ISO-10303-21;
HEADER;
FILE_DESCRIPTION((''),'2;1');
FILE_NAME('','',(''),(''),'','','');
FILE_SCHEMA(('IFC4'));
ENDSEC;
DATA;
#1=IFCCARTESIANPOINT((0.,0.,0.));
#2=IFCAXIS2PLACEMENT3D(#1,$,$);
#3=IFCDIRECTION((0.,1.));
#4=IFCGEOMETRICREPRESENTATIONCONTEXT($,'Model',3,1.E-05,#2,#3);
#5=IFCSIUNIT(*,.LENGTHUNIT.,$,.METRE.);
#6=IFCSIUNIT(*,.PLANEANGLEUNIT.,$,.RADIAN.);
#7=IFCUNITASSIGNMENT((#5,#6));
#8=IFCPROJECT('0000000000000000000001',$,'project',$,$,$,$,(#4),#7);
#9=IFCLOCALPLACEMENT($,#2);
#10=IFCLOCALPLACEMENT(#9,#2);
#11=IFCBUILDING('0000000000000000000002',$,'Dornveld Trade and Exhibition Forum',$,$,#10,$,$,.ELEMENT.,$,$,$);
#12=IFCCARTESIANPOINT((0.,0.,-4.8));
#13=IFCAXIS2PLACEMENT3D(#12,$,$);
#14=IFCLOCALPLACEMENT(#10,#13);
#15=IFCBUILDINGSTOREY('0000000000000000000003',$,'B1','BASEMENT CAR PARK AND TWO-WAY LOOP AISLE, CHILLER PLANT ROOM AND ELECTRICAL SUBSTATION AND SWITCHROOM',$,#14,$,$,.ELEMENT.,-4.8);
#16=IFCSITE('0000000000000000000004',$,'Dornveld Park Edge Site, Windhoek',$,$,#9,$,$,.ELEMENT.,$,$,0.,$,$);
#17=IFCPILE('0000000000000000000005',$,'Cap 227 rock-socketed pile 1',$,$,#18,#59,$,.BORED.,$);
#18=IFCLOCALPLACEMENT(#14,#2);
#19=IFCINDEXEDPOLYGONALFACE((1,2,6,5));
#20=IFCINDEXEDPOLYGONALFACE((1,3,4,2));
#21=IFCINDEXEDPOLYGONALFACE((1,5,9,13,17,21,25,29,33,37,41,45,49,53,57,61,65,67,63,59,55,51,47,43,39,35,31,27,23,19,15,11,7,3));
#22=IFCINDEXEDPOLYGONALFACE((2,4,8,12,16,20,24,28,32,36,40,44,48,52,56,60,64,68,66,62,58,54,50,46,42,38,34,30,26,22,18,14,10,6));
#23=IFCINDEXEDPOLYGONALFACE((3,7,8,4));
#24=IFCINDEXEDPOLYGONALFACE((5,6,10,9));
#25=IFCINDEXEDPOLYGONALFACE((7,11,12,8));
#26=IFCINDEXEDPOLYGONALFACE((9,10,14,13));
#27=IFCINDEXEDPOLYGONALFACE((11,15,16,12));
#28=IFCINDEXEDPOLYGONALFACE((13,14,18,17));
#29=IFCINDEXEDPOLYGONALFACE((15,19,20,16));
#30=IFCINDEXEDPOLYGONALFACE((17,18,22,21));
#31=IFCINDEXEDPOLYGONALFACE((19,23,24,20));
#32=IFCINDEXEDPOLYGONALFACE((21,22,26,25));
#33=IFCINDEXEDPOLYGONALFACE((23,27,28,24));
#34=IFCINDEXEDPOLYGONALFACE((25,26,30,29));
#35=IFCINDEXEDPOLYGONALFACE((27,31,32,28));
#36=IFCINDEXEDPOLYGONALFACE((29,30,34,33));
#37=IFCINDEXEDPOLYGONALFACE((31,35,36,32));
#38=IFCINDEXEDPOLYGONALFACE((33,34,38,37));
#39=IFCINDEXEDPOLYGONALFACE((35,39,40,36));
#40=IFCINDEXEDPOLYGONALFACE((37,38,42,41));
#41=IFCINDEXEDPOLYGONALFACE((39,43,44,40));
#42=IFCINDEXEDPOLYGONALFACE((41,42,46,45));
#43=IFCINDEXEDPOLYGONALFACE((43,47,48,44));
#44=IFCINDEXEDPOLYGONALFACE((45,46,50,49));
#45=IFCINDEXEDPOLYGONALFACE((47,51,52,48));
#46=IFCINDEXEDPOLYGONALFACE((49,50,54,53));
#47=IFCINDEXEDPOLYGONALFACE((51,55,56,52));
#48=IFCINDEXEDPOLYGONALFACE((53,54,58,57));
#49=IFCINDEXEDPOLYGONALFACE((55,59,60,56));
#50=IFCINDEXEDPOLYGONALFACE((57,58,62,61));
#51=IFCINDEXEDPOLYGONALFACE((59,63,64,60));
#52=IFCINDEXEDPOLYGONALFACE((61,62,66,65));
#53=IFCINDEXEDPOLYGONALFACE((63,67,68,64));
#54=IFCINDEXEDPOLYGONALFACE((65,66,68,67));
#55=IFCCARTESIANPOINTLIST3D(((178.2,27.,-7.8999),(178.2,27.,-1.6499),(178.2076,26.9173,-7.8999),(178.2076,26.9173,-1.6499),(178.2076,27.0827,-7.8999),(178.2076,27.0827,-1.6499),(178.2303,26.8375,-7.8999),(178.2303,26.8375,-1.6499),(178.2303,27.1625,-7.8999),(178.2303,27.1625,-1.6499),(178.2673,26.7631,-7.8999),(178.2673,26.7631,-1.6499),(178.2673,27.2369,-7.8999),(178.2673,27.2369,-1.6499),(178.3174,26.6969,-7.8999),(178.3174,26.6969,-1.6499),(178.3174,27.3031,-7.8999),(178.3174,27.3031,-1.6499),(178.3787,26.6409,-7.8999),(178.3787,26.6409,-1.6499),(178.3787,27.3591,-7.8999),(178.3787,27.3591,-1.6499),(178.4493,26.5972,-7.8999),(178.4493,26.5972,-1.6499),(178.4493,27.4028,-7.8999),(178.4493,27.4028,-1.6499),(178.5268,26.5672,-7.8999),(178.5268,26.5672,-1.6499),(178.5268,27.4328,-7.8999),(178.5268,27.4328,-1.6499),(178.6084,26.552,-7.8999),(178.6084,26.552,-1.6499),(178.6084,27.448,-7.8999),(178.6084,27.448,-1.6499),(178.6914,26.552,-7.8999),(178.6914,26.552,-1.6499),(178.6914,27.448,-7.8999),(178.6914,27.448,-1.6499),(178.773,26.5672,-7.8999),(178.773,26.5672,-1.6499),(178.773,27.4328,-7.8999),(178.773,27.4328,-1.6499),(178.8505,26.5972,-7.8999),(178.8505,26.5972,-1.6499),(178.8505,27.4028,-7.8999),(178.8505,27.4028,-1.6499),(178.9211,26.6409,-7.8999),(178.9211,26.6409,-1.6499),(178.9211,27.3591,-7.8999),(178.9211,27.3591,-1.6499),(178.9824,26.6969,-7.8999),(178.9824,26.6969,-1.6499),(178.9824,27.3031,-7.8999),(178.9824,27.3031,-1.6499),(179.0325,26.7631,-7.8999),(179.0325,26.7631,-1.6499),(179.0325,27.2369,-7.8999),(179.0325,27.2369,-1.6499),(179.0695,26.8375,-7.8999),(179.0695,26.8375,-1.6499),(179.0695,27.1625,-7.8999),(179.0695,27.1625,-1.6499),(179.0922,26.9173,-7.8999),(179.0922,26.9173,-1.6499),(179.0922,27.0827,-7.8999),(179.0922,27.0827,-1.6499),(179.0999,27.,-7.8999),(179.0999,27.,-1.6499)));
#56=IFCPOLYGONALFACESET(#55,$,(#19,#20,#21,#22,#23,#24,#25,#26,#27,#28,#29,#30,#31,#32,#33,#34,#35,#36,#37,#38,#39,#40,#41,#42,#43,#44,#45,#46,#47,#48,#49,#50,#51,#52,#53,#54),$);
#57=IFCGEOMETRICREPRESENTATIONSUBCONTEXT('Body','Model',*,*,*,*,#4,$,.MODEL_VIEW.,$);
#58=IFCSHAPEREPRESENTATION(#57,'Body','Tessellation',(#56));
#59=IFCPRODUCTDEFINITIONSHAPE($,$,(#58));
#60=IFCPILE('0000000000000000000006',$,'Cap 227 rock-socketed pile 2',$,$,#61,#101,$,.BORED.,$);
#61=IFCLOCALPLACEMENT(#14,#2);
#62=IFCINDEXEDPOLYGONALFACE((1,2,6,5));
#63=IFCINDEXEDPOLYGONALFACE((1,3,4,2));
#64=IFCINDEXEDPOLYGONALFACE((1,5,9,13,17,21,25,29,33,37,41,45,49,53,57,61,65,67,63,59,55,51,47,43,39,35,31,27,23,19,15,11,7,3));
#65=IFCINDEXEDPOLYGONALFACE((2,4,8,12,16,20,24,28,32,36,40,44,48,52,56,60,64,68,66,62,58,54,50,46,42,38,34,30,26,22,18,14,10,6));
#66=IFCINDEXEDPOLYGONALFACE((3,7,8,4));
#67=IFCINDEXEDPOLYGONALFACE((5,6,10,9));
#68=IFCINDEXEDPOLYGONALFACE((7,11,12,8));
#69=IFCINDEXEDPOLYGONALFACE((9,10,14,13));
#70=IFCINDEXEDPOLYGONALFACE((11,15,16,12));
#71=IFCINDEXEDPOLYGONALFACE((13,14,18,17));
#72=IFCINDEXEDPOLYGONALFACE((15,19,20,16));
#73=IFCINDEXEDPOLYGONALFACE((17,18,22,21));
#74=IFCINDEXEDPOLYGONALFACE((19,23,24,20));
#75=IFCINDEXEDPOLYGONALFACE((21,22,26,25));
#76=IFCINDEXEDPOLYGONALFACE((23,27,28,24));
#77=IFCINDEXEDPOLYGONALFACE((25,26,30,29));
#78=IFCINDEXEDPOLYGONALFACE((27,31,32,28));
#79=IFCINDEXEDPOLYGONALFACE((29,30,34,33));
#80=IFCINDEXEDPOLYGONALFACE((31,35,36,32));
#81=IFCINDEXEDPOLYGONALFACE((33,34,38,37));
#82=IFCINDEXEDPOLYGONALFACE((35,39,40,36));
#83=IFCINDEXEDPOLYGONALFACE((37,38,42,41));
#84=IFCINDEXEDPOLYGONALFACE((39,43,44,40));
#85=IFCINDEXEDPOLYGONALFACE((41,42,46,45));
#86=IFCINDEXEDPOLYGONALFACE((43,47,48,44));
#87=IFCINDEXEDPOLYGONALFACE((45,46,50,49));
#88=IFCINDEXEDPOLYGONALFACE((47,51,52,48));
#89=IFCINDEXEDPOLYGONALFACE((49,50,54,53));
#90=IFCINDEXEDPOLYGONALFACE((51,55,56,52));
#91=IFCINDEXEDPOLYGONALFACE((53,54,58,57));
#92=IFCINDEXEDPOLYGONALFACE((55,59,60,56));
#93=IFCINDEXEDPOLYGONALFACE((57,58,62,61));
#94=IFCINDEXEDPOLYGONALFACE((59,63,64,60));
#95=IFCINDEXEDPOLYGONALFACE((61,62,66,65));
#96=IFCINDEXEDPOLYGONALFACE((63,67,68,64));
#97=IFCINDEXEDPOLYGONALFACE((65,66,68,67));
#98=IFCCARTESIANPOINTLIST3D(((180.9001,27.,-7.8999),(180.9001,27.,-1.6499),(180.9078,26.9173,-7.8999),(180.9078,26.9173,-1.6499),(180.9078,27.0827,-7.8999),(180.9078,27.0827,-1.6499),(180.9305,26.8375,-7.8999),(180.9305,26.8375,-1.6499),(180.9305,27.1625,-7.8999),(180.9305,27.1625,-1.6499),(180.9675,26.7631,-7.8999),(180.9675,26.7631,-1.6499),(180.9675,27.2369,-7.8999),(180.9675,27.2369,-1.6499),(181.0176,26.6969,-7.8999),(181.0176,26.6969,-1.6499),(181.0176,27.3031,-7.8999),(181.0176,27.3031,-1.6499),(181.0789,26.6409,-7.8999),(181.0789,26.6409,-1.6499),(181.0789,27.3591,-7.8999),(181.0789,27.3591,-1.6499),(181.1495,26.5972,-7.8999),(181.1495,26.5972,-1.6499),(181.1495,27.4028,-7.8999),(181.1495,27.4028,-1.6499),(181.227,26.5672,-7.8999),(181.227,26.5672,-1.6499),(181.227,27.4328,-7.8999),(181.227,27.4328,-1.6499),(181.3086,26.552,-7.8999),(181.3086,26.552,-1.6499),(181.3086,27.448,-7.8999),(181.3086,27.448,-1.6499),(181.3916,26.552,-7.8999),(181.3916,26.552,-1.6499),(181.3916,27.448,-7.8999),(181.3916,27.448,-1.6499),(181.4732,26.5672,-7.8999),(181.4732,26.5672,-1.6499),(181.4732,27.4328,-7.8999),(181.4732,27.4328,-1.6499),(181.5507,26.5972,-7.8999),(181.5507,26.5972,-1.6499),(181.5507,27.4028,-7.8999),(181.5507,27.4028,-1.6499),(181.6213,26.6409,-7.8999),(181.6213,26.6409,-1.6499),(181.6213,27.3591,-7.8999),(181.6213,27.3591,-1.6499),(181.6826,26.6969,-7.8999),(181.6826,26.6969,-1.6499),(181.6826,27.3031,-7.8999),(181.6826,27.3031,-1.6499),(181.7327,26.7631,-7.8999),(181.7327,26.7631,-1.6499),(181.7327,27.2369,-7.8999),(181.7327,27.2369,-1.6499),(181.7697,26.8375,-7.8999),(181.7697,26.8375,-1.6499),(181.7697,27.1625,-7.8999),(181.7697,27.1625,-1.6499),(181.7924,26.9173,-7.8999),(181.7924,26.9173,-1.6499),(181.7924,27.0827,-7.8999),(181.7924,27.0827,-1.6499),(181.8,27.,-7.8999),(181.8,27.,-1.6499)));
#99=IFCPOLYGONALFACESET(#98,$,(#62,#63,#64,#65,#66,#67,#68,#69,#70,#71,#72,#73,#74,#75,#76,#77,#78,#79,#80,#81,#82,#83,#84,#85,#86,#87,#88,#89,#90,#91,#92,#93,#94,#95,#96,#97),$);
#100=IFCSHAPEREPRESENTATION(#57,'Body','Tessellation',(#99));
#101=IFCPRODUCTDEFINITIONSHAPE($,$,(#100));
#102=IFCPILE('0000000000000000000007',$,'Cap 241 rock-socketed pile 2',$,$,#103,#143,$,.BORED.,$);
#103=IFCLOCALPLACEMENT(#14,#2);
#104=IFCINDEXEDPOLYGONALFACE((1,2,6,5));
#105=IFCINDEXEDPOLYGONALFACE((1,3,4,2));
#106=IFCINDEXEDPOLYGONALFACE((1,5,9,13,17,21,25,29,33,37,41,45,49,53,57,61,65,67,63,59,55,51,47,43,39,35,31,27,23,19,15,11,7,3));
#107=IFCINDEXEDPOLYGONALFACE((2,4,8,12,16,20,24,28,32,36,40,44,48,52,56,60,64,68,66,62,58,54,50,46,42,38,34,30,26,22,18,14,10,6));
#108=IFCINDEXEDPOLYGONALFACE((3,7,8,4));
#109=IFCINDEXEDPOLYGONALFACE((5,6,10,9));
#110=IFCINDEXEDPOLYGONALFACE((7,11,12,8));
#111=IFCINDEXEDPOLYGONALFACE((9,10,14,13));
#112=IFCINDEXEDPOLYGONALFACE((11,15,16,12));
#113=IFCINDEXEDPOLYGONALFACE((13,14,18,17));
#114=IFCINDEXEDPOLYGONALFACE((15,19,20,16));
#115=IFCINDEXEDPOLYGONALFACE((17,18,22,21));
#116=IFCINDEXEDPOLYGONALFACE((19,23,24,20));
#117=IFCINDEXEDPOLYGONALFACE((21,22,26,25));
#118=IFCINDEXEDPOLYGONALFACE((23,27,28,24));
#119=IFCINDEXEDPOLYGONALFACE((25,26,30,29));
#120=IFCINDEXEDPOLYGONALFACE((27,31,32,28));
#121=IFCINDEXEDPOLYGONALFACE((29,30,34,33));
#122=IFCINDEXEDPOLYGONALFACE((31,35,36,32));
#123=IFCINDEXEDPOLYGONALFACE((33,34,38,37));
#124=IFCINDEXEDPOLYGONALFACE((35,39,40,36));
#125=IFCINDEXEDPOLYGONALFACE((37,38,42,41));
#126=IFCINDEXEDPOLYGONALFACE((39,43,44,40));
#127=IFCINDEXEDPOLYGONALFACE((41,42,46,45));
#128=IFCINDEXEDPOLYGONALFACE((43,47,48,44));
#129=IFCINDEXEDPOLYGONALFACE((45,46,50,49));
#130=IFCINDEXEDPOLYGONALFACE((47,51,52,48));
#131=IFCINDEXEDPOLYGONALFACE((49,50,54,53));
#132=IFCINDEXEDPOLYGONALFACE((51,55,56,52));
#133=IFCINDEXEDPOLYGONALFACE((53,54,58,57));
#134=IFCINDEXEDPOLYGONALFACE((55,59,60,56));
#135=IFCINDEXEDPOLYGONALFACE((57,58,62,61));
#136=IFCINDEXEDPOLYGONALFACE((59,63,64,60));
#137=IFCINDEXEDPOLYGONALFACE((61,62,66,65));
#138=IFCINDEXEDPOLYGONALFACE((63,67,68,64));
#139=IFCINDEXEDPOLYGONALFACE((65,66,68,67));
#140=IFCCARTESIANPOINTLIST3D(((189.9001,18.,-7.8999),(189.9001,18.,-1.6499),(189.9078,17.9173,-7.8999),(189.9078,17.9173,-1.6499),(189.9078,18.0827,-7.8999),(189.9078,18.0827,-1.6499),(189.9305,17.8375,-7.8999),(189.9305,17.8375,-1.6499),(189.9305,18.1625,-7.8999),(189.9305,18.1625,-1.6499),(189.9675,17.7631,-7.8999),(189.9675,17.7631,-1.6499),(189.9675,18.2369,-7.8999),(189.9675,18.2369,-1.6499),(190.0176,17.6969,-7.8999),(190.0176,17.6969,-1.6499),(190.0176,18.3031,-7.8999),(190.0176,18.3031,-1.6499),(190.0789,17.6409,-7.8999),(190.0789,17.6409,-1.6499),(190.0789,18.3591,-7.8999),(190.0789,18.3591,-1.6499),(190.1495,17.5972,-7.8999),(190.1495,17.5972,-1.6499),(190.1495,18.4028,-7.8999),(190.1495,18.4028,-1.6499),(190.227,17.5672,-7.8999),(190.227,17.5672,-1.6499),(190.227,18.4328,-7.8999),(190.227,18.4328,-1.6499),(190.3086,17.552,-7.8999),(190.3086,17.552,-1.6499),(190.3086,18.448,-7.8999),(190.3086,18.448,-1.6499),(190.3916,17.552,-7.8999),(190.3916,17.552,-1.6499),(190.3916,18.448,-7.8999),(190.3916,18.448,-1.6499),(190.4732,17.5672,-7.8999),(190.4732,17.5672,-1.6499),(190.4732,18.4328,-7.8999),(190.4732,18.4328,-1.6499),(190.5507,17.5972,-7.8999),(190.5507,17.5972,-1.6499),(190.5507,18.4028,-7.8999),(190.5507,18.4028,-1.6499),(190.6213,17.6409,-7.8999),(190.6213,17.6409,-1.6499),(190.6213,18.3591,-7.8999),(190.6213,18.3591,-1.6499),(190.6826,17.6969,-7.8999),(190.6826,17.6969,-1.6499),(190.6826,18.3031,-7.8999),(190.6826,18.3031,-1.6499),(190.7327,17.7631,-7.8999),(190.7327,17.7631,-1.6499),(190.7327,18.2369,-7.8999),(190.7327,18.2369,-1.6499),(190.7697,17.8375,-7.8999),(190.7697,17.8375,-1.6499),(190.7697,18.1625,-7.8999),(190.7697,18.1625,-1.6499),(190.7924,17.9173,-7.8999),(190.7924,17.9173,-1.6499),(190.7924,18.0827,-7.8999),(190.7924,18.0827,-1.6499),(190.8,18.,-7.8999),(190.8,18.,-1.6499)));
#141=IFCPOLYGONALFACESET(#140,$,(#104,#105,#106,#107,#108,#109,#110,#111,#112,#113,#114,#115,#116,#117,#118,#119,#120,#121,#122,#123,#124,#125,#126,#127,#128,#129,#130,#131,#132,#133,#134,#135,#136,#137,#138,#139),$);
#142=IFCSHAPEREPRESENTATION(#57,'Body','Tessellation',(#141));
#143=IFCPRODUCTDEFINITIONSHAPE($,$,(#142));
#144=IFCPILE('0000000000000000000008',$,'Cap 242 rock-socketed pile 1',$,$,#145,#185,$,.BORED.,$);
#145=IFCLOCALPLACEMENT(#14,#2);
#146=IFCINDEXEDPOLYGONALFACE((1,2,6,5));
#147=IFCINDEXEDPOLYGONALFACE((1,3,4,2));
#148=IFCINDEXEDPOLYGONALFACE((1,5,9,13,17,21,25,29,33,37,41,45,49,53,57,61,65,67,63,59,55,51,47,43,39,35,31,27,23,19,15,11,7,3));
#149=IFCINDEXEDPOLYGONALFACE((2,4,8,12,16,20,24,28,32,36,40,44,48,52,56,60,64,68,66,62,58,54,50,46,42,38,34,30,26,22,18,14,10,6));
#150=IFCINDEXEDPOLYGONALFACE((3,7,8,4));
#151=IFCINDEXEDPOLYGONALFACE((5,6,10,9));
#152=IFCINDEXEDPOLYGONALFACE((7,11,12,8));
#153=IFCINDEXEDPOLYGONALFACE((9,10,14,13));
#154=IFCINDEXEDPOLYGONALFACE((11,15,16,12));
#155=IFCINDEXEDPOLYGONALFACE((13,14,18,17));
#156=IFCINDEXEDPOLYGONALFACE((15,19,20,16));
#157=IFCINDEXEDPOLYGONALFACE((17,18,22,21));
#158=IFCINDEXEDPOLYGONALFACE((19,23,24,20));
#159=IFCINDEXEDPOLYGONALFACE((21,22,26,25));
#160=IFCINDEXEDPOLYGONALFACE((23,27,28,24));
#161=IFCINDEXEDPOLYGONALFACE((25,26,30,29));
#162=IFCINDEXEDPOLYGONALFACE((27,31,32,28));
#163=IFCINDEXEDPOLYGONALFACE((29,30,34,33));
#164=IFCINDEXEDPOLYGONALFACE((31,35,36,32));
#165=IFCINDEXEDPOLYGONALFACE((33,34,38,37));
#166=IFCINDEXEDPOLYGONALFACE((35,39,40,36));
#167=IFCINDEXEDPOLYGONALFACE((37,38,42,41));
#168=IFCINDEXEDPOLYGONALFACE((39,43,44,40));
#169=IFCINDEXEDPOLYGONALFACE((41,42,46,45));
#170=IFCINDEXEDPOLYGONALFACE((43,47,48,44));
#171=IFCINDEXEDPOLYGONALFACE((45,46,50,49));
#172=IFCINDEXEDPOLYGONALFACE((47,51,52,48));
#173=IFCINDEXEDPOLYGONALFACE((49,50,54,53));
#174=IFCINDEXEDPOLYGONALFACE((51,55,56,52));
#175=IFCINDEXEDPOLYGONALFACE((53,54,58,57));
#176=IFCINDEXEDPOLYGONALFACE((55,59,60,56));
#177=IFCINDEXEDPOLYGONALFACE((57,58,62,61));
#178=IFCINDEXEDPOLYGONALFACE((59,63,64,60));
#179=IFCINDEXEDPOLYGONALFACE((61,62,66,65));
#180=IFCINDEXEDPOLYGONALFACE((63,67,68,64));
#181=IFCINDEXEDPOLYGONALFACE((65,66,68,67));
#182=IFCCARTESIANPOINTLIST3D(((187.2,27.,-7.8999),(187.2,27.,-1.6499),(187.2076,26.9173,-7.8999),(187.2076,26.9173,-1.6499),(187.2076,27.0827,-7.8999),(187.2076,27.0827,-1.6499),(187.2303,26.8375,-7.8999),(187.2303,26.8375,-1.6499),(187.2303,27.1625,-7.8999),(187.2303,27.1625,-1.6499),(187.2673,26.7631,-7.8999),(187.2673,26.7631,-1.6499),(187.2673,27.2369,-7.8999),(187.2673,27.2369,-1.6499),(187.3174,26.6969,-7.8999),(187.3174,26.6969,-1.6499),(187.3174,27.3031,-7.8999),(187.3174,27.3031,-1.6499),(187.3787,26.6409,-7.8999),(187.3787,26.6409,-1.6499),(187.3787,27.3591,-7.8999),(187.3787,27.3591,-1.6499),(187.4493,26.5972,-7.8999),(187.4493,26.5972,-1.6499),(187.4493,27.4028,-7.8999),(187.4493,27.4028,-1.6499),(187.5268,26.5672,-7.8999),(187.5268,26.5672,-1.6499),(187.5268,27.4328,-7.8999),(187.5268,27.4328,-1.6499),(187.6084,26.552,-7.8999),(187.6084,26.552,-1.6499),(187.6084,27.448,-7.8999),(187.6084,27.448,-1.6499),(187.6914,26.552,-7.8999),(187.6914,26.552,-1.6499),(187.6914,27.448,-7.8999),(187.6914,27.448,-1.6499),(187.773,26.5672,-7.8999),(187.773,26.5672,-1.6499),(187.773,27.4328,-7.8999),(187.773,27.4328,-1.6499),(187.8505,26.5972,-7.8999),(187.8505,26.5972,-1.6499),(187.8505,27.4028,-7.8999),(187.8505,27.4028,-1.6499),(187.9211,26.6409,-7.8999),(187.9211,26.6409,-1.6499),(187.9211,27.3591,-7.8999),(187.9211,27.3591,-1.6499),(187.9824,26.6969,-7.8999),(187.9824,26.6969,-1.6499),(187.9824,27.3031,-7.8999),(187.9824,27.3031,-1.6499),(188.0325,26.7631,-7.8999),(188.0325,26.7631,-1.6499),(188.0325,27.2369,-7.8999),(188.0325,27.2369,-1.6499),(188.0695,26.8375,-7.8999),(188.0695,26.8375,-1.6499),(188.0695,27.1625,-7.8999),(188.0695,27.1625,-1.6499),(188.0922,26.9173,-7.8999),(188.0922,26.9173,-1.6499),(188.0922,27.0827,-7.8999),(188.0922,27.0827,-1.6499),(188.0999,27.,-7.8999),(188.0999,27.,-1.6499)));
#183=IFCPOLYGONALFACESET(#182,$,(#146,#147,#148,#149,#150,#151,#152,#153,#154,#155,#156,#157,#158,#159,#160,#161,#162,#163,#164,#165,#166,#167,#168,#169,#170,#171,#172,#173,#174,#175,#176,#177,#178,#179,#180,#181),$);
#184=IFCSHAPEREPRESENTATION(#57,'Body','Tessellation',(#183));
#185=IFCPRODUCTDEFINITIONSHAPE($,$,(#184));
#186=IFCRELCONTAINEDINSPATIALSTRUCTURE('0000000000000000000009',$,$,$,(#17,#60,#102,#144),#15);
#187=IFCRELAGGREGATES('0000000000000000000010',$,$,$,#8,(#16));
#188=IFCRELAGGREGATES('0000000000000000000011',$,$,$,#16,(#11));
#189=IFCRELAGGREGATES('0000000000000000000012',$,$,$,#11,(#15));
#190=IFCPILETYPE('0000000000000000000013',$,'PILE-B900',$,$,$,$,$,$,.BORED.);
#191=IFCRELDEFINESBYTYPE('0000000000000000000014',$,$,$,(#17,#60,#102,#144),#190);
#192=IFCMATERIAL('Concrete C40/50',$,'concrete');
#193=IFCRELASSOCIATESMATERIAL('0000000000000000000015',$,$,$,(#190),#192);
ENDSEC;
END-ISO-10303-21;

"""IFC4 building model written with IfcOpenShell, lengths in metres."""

from ifc_helpers import new_model, si_unit, direction, frame, origin, origin_2d, place, context, subcontext, project, spatial, circle, extrude, material, material_profile, profile_set, type_object, element, save


model = new_model("IFC4")

# Units and contexts
model_context = context("Model", 3, precision=1e-05, world=origin(), true_north=direction((0.0, 1.0)))
body_context = subcontext(model_context, "Body", "Model", "MODEL_VIEW")
ifc_project = project(units=[si_unit("LENGTHUNIT", "METRE"), si_unit("PLANEANGLEUNIT", "RADIAN")], contexts=[model_context])

# Site, building, storey
site_placement = place(None, origin())
site = spatial("IfcSite", under=ifc_project, at=site_placement, Name="Dornveld Park Edge Site, Windhoek", CompositionType="ELEMENT", RefElevation=0.0)
building_placement = place(site_placement, origin())
building = spatial("IfcBuilding", under=site, at=building_placement, Name="Dornveld Trade and Exhibition Forum", CompositionType="ELEMENT")
storey_placement = place(building_placement, frame((0.0, 0.0, -4.8)))
storey = spatial("IfcBuildingStorey", under=building, at=storey_placement, Name="B1", Description="BASEMENT CAR PARK AND TWO-WAY LOOP AISLE, CHILLER PLANT ROOM AND ELECTRICAL SUBSTATION AND SWITCHROOM", CompositionType="ELEMENT", Elevation=-4.8)

# Piles
ifc_material_1 = material(Name="Concrete C40/50", Category="concrete")
ifc_material_profile_1 = material_profile(ifc_material_1, circle(Radius=0.45, at=origin_2d()), Name="PILE D900")
ifc_profile_set_1 = profile_set([ifc_material_profile_1], Name="Concrete C40/50")
pile_type = type_object("IfcPileType", Name="PILE-B900", PredefinedType="BORED", material=ifc_profile_set_1)
for number, where, z_axis, x_axis, name in (
    (1, (178.6499, 27.0, -1.6499), (0.0, 0.0, -1.0), (1.0, 0.0, 0.0), "Cap 227 rock-socketed pile 1"),
    (2, (181.3501, 27.0, -1.6499), (0.0, 0.0, -1.0), (1.0, 0.0, 0.0), "Cap 227 rock-socketed pile 2"),
    (3, (190.3501, 18.0, -1.6499), (0.0, 0.0, -1.0), (1.0, 0.0, 0.0), "Cap 241 rock-socketed pile 2"),
    (4, (187.6499, 27.0, -1.6499), (0.0, 0.0, -1.0), (1.0, 0.0, 0.0), "Cap 242 rock-socketed pile 1"),
):
    element("IfcPile", number, at=place(storey_placement, frame(where, z_axis=z_axis, x_axis=x_axis)), inside=storey, type_object=pile_type, Name=name, PredefinedType="BORED", context=body_context, shape_type="SweptSolid", body=[
        extrude(circle(Radius=0.45, at=origin_2d()), origin(), (0.0, 0.0, 1.0), 6.25),
    ])

save(model, "model.ifc")
